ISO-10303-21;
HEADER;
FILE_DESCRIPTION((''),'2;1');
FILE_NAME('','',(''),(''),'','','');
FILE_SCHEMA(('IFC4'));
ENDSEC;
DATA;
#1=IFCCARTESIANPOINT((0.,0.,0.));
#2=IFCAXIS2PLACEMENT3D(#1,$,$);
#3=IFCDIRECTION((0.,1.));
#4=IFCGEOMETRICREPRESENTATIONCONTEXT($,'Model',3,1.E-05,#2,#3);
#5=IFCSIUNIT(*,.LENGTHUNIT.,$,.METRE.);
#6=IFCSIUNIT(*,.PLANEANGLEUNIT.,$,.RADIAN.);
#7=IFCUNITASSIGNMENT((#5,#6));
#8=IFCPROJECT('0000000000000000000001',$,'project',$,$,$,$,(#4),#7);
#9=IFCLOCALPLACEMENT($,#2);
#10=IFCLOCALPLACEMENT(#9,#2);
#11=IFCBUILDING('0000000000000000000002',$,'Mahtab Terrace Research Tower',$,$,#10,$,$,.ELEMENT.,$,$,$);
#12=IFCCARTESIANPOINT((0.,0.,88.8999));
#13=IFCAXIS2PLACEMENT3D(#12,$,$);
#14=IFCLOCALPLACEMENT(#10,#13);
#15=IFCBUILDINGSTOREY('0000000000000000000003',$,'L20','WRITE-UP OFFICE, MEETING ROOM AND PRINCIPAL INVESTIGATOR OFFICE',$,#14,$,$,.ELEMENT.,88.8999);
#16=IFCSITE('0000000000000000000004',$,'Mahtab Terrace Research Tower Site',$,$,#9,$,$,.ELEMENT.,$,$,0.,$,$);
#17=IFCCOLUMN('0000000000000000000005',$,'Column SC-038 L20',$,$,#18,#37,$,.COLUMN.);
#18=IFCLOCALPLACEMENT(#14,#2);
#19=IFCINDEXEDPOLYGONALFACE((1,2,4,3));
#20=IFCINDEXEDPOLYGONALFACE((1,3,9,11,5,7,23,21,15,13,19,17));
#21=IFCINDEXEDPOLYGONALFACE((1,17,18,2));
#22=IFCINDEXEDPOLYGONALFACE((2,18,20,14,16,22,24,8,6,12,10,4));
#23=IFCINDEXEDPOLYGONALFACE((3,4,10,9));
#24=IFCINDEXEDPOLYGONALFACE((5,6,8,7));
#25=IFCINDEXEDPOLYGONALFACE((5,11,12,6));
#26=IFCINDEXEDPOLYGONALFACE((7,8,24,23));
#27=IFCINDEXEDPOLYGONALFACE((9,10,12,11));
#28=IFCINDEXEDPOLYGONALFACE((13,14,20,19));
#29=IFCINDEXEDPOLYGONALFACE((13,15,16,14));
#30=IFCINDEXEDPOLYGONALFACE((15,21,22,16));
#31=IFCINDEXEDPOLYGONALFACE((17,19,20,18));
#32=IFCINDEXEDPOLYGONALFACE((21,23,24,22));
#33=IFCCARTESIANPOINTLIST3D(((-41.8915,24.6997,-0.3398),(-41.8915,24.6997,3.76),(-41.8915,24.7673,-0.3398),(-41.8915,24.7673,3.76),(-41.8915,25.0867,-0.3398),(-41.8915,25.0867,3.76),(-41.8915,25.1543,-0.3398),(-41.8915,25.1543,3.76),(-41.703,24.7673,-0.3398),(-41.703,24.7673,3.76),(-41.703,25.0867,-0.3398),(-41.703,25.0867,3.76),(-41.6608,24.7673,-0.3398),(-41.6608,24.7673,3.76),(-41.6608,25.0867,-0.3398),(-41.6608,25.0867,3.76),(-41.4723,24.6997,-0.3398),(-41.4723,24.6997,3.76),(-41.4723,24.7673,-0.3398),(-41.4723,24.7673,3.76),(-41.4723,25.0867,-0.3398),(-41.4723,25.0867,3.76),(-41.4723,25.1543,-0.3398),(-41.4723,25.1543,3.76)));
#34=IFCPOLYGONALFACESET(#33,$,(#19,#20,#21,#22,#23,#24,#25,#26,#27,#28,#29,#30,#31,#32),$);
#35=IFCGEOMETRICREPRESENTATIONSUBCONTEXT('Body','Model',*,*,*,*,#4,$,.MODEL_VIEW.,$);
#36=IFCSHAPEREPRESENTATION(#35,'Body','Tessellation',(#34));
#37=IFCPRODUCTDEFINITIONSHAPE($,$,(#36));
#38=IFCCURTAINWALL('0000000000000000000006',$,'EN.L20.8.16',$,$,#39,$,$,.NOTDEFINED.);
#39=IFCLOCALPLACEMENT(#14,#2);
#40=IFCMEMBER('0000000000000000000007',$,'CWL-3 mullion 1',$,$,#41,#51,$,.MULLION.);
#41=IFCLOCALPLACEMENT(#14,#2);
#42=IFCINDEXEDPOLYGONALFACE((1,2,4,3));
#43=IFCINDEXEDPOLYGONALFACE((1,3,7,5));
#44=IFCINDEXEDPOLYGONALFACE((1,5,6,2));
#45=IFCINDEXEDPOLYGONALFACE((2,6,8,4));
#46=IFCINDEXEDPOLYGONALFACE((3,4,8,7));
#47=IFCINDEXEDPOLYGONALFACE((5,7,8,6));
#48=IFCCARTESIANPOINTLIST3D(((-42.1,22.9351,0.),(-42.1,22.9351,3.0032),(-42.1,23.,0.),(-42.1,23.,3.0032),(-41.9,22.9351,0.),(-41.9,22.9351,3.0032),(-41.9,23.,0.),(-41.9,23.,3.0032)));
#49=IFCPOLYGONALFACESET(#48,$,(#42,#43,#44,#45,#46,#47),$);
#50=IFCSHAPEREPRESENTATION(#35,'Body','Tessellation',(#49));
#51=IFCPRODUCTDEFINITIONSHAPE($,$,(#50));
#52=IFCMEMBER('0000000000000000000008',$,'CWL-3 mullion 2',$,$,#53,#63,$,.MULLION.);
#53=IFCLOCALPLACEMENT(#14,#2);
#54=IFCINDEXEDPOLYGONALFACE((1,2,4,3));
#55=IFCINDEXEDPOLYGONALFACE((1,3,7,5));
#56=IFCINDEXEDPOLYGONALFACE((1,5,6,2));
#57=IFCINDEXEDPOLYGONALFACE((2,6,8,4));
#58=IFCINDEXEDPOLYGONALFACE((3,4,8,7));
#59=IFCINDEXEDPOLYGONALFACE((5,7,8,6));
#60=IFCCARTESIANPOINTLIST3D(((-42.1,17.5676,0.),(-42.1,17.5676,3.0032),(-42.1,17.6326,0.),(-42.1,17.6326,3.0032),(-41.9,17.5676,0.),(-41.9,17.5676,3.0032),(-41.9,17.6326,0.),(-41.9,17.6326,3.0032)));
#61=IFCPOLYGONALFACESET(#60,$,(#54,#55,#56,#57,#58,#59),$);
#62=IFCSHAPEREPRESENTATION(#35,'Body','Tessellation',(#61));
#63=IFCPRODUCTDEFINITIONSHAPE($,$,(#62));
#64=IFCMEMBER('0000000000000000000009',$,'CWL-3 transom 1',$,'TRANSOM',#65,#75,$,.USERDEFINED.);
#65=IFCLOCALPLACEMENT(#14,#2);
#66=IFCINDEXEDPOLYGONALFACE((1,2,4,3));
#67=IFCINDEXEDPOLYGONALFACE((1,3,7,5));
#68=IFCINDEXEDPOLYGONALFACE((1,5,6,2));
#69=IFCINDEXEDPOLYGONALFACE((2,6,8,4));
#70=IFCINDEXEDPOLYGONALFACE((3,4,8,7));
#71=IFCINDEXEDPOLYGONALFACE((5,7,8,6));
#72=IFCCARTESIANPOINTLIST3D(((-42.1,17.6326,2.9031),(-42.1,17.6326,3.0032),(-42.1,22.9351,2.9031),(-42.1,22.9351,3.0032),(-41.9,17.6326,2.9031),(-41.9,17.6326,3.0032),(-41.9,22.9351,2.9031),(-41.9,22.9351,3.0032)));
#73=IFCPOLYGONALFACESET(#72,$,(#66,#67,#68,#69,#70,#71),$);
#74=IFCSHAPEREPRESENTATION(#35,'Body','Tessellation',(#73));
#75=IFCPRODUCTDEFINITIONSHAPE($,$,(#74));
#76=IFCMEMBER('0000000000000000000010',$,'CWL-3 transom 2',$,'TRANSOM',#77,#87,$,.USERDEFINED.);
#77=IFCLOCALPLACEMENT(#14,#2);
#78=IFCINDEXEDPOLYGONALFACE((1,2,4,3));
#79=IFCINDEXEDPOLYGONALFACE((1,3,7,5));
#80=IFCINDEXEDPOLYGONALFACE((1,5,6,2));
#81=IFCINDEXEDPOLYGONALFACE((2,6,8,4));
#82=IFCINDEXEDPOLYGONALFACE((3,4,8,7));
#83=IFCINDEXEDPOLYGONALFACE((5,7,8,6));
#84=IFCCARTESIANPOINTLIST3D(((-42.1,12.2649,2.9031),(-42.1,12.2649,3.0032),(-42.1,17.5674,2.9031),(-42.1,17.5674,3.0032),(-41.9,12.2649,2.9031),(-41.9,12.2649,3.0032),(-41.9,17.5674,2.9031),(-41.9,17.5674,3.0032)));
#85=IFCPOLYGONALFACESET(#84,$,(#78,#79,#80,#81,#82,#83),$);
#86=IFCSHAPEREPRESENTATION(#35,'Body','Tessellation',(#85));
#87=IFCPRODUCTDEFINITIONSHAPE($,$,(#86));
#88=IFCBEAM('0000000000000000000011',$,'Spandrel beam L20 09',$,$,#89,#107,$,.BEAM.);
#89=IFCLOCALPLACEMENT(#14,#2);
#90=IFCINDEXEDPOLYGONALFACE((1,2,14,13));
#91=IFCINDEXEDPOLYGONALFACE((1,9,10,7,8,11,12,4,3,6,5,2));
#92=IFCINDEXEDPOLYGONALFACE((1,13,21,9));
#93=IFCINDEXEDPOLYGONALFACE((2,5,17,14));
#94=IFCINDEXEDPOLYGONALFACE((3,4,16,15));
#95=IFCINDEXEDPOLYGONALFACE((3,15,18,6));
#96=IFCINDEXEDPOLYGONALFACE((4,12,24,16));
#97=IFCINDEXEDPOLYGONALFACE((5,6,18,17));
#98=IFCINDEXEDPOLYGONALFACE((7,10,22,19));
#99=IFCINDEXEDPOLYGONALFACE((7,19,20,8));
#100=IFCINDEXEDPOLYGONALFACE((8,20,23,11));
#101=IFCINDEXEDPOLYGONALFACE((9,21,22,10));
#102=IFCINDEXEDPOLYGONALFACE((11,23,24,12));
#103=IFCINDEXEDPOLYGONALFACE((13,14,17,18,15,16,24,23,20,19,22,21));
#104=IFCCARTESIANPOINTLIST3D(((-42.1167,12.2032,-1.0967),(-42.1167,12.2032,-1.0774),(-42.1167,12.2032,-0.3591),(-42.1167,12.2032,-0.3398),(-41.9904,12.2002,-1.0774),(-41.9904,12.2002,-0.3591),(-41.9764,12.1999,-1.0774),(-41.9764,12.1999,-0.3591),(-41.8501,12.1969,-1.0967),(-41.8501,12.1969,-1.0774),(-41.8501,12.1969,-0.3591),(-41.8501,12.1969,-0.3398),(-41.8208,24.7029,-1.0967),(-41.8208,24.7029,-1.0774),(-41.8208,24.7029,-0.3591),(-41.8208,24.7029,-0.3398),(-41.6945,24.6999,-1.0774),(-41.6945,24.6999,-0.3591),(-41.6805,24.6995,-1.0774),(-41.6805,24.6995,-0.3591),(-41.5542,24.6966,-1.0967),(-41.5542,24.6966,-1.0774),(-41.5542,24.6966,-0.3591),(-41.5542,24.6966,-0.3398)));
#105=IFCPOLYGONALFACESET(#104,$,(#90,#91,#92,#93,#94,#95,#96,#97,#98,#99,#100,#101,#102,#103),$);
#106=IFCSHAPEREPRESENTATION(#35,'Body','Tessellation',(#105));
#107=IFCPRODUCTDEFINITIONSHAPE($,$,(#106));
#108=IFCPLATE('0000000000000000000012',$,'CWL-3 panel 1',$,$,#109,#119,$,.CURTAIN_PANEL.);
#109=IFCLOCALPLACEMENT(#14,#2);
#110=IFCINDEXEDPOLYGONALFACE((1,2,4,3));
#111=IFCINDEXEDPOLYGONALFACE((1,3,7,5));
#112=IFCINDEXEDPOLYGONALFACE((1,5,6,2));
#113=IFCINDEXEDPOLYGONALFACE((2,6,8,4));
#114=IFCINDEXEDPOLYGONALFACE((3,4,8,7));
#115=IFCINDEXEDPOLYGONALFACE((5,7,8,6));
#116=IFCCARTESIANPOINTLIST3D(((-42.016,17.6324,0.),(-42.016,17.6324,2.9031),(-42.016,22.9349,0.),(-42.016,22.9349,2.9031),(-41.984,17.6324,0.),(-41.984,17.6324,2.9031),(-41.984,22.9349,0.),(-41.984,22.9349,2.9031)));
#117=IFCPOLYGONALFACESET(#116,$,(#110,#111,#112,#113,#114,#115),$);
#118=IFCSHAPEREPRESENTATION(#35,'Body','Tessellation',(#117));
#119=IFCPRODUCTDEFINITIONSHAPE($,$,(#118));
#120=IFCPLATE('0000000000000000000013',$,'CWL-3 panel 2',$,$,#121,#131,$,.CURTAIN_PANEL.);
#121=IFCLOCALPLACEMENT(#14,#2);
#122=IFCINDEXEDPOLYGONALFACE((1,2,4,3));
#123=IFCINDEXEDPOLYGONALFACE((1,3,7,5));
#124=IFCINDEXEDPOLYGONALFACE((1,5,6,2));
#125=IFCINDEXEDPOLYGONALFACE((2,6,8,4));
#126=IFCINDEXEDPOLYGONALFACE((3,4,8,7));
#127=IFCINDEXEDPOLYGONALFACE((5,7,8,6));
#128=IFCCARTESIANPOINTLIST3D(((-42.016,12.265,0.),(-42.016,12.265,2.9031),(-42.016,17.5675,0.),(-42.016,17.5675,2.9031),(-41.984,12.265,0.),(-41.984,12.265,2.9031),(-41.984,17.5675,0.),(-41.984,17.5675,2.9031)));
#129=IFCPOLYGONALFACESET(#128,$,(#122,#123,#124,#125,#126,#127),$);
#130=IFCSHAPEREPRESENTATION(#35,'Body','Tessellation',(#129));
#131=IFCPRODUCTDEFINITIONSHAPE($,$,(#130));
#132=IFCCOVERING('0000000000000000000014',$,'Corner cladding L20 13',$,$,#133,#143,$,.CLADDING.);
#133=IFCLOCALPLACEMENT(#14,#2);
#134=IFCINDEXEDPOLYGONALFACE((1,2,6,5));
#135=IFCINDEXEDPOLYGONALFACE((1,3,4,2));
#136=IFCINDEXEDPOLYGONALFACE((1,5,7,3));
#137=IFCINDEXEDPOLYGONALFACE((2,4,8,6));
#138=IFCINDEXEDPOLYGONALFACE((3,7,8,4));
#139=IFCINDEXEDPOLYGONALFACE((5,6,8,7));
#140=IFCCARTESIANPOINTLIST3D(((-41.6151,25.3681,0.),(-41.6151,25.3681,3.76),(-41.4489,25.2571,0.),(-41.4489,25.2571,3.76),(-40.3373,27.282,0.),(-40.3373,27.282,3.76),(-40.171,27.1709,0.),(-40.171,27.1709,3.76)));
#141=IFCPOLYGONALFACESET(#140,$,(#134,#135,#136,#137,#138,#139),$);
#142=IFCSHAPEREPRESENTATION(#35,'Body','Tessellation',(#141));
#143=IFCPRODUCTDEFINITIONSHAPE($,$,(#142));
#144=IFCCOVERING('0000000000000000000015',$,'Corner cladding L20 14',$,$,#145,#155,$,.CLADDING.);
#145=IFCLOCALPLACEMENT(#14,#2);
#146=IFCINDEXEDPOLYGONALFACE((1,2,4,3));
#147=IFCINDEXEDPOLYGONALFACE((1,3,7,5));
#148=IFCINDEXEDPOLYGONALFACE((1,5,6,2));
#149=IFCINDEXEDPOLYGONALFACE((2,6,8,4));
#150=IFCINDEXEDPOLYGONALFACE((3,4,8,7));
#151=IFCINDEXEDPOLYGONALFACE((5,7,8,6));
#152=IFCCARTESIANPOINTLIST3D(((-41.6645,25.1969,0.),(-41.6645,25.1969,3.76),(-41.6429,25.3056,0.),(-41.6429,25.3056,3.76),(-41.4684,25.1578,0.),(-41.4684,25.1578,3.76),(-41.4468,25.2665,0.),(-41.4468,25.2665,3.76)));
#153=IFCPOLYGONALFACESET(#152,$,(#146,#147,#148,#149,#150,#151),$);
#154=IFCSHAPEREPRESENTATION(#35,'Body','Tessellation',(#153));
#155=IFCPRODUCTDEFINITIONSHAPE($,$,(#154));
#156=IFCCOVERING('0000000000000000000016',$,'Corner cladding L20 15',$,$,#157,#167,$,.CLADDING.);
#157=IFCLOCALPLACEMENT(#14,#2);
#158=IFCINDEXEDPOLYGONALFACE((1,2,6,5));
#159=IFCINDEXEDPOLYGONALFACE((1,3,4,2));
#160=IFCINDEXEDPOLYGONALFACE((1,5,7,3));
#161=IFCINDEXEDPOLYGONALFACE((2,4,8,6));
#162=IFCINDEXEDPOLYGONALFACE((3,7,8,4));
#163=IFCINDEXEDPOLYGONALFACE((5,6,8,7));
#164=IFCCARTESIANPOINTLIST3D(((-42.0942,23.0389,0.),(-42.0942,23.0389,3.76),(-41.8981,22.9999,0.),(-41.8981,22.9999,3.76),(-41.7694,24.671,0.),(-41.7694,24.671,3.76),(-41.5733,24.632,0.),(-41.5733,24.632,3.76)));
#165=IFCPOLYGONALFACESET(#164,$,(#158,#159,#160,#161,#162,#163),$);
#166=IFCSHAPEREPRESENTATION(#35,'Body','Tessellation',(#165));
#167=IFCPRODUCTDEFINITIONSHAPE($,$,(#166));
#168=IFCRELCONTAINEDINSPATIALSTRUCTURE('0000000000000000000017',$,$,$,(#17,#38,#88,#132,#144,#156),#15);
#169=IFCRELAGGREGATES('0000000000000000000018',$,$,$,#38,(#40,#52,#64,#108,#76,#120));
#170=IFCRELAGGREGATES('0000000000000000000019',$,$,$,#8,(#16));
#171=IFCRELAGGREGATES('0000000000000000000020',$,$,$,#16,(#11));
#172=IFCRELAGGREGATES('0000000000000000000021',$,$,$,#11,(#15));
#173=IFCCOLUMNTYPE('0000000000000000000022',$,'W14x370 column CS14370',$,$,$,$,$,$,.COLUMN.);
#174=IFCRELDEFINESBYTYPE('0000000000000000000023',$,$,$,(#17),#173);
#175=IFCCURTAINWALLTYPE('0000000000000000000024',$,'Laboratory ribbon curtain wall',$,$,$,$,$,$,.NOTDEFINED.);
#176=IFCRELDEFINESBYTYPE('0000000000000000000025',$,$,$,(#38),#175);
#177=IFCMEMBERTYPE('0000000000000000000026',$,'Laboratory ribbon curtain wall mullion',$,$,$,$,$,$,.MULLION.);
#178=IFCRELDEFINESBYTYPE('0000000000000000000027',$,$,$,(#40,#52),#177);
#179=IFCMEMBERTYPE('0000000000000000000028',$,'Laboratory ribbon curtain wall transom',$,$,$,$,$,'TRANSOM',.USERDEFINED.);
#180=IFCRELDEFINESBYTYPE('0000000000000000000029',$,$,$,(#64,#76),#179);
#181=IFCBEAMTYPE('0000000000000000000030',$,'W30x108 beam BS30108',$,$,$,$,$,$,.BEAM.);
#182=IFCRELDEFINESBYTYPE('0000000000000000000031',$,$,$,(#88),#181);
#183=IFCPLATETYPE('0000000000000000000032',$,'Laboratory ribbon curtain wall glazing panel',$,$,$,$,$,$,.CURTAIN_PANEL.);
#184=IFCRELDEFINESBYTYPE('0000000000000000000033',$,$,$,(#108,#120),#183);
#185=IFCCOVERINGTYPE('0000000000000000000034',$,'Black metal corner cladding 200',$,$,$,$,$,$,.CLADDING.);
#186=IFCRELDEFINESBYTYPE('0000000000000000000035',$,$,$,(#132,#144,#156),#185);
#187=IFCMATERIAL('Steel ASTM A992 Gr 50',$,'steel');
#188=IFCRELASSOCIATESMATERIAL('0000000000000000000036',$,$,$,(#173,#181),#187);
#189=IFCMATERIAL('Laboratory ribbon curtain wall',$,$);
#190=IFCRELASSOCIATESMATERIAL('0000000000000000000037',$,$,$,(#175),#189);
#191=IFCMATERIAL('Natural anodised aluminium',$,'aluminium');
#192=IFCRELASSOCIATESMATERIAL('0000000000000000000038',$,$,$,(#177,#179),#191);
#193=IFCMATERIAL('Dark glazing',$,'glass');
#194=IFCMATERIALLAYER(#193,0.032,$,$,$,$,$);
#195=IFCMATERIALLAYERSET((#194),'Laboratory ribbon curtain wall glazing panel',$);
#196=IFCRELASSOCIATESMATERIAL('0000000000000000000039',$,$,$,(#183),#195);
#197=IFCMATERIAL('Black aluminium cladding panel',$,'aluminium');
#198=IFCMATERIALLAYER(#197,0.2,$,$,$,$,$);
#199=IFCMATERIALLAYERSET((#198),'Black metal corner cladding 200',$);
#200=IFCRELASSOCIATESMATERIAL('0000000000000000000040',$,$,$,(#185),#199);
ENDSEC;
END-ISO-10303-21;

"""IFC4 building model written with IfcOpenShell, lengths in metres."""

from ifc_helpers import new_model, si_unit, direction, frame, origin, origin_2d, place, context, subcontext, project, spatial, rectangle, i_section, extrude, material, layer, layer_set, material_profile, profile_set, type_object, element, aggregate, save


model = new_model("IFC4")

# Units and contexts
model_context = context("Model", 3, precision=1e-05, world=origin(), true_north=direction((0.0, 1.0)))
body_context = subcontext(model_context, "Body", "Model", "MODEL_VIEW")
ifc_project = project(units=[si_unit("LENGTHUNIT", "METRE"), si_unit("PLANEANGLEUNIT", "RADIAN")], contexts=[model_context])

# Site, building, storey
site_placement = place(None, origin())
site = spatial("IfcSite", under=ifc_project, at=site_placement, Name="Mahtab Terrace Research Tower Site", CompositionType="ELEMENT", RefElevation=0.0)
building_placement = place(site_placement, origin())
building = spatial("IfcBuilding", under=site, at=building_placement, Name="Mahtab Terrace Research Tower", CompositionType="ELEMENT")
storey_placement = place(building_placement, frame((0.0, 0.0, 88.8999)))
storey = spatial("IfcBuildingStorey", under=building, at=storey_placement, Name="L20", Description="WRITE-UP OFFICE, MEETING ROOM AND PRINCIPAL INVESTIGATOR OFFICE", CompositionType="ELEMENT", Elevation=88.8999)

# Column
ifc_material_1 = material(Name="Steel ASTM A992 Gr 50", Category="steel")
ifc_material_profile_1 = material_profile(ifc_material_1, i_section(OverallWidth=0.4192, OverallDepth=0.4546, WebThickness=0.0422, FlangeThickness=0.0676, at=origin_2d()), Name="W14X370")
ifc_profile_set_1 = profile_set([ifc_material_profile_1], Name="Steel ASTM A992 Gr 50")
column_type = type_object("IfcColumnType", Name="W14x370 column CS14370", PredefinedType="COLUMN", material=ifc_profile_set_1)
column_placement = place(storey_placement, frame((-41.6819, 24.927, -0.3398), z_axis=(0.0, 0.0, 1.0), x_axis=(1.0, 0.0, 0.0)))
element("IfcColumn", 1, at=column_placement, inside=storey, type_object=column_type, Name="Column SC-038 L20", PredefinedType="COLUMN", context=body_context, shape_type="SweptSolid", body=[
    extrude(i_section(OverallWidth=0.4192, OverallDepth=0.4546, WebThickness=0.0422, FlangeThickness=0.0676, at=origin_2d()), origin(), (0.0, 0.0, 1.0), 4.0999),
])

# Curtain wall, members
ifc_material_2 = material(Name="Laboratory ribbon curtain wall")
curtain_wall_type = type_object("IfcCurtainWallType", Name="Laboratory ribbon curtain wall", PredefinedType="NOTDEFINED", material=ifc_material_2)
curtain_wall_placement = place(storey_placement, origin())
curtain_wall = element("IfcCurtainWall", 2, at=curtain_wall_placement, inside=storey, type_object=curtain_wall_type, Name="EN.L20.8.16", PredefinedType="NOTDEFINED")
ifc_material_3 = material(Name="Natural anodised aluminium", Category="aluminium")
ifc_material_profile_2 = material_profile(ifc_material_3, rectangle(XDim=0.2, YDim=0.0649, at=origin_2d()), Name="MULLION 65x200")
ifc_profile_set_2 = profile_set([ifc_material_profile_2], Name="Natural anodised aluminium")
member_type_1 = type_object("IfcMemberType", Name="Laboratory ribbon curtain wall mullion", PredefinedType="MULLION", material=ifc_profile_set_2)
member_1_placement = place(storey_placement, frame((-42.0, 22.9675, 0.0), z_axis=(0.0, 0.0, 1.0), x_axis=(1.0, 0.0, 0.0)))
member_1 = element("IfcMember", 3, at=member_1_placement, type_object=member_type_1, Name="CWL-3 mullion 1", PredefinedType="MULLION", context=body_context, shape_type="SweptSolid", body=[
    extrude(rectangle(XDim=0.2, YDim=0.0649, at=origin_2d()), origin(), (0.0, 0.0, 1.0), 3.0032),
])
member_2_placement = place(storey_placement, frame((-42.0, 17.6001, 0.0), z_axis=(0.0, 0.0, 1.0), x_axis=(1.0, 0.0, 0.0)))
member_2 = element("IfcMember", 4, at=member_2_placement, type_object=member_type_1, Name="CWL-3 mullion 2", PredefinedType="MULLION", context=body_context, shape_type="SweptSolid", body=[
    extrude(rectangle(XDim=0.2, YDim=0.0649, at=origin_2d()), origin(), (0.0, 0.0, 1.0), 3.0032),
])
ifc_material_profile_3 = material_profile(ifc_material_3, rectangle(XDim=0.2, YDim=0.1001, at=origin_2d()), Name="TRANSOM 100x200")
ifc_profile_set_3 = profile_set([ifc_material_profile_3], Name="Natural anodised aluminium")
member_type_2 = type_object("IfcMemberType", Name="Laboratory ribbon curtain wall transom", ElementType="TRANSOM", PredefinedType="USERDEFINED", material=ifc_profile_set_3)
member_3_placement = place(storey_placement, frame((-42.0, 22.9351, 2.9531), z_axis=(0.0, -1.0, 0.0), x_axis=(1.0, 0.0, 0.0)))
member_3 = element("IfcMember", 5, at=member_3_placement, type_object=member_type_2, Name="CWL-3 transom 1", ObjectType="TRANSOM", PredefinedType="USERDEFINED", context=body_context, shape_type="SweptSolid", body=[
    extrude(rectangle(XDim=0.2, YDim=0.1001, at=origin_2d()), origin(), (0.0, 0.0, 1.0), 5.3025),
])
member_4_placement = place(storey_placement, frame((-42.0, 17.5674, 2.9531), z_axis=(0.0, -1.0, 0.0), x_axis=(1.0, 0.0, 0.0)))
member_4 = element("IfcMember", 6, at=member_4_placement, type_object=member_type_2, Name="CWL-3 transom 2", ObjectType="TRANSOM", PredefinedType="USERDEFINED", context=body_context, shape_type="SweptSolid", body=[
    extrude(rectangle(XDim=0.2, YDim=0.1001, at=origin_2d()), origin(), (0.0, 0.0, 1.0), 5.3025),
])

# Beam
ifc_material_profile_4 = material_profile(ifc_material_1, i_section(OverallWidth=0.2666, OverallDepth=0.7568, WebThickness=0.0139, FlangeThickness=0.0193, at=origin_2d()), Name="W30X108")
ifc_profile_set_4 = profile_set([ifc_material_profile_4], Name="Steel ASTM A992 Gr 50")
beam_type = type_object("IfcBeamType", Name="W30x108 beam BS30108", PredefinedType="BEAM", material=ifc_profile_set_4)
beam_placement = place(storey_placement, frame((-41.6875, 24.6997, -0.7183), z_axis=(-0.023666, -0.99972, 0.0), x_axis=(0.99972, -0.023666, 0.0)))
element("IfcBeam", 7, at=beam_placement, inside=storey, type_object=beam_type, Name="Spandrel beam L20 09", PredefinedType="BEAM", context=body_context, shape_type="SweptSolid", body=[
    extrude(i_section(OverallWidth=0.2666, OverallDepth=0.7568, WebThickness=0.0139, FlangeThickness=0.0193, at=origin_2d()), origin(), (0.0, 0.0, 1.0), 12.5032),
])

# Plates
ifc_material_4 = material(Name="Dark glazing", Category="glass")
ifc_layer_1 = layer(ifc_material_4, 0.032)
ifc_layer_set_1 = layer_set([ifc_layer_1], Name="Laboratory ribbon curtain wall glazing panel")
plate_type = type_object("IfcPlateType", Name="Laboratory ribbon curtain wall glazing panel", PredefinedType="CURTAIN_PANEL", material=ifc_layer_set_1)
plate_1_placement = place(storey_placement, frame((-42.0, 20.2837, 0.0), z_axis=(0.0, 0.0, 1.0), x_axis=(0.0, -1.0, 0.0)))
plate_1 = element("IfcPlate", 8, at=plate_1_placement, type_object=plate_type, Name="CWL-3 panel 1", PredefinedType="CURTAIN_PANEL", context=body_context, shape_type="SweptSolid", body=[
    extrude(rectangle(XDim=5.3025, YDim=0.032, at=origin_2d()), origin(), (0.0, 0.0, 1.0), 2.9031),
])
plate_2_placement = place(storey_placement, frame((-42.0, 14.9163, 0.0), z_axis=(0.0, 0.0, 1.0), x_axis=(0.0, -1.0, 0.0)))
plate_2 = element("IfcPlate", 9, at=plate_2_placement, type_object=plate_type, Name="CWL-3 panel 2", PredefinedType="CURTAIN_PANEL", context=body_context, shape_type="SweptSolid", body=[
    extrude(rectangle(XDim=5.3025, YDim=0.032, at=origin_2d()), origin(), (0.0, 0.0, 1.0), 2.9031),
])
aggregate(curtain_wall, [member_1, member_2, member_3, plate_1, member_4, plate_2])

# Coverings
ifc_material_5 = material(Name="Black aluminium cladding panel", Category="aluminium")
ifc_layer_2 = layer(ifc_material_5, 0.2)
ifc_layer_set_2 = layer_set([ifc_layer_2], Name="Black metal corner cladding 200")
covering_type = type_object("IfcCoveringType", Name="Black metal corner cladding 200", PredefinedType="CLADDING", material=ifc_layer_set_2)
covering_1_placement = place(storey_placement, frame((-40.8931, 26.2695, 0.0), z_axis=(0.0, 0.0, 1.0), x_axis=(-0.555291, -0.831656, 0.0)))
element("IfcCovering", 10, at=covering_1_placement, inside=storey, type_object=covering_type, Name="Corner cladding L20 13", PredefinedType="CLADDING", context=body_context, shape_type="SweptSolid", body=[
    extrude(rectangle(XDim=2.3013, YDim=0.2, at=origin_2d()), origin(), (0.0, 0.0, 1.0), 3.76),
])
covering_2_placement = place(storey_placement, frame((-41.5557, 25.2317, 0.0), z_axis=(0.0, 0.0, 1.0), x_axis=(-0.195212, -0.980761, 0.0)))
element("IfcCovering", 11, at=covering_2_placement, inside=storey, type_object=covering_type, Name="Corner cladding L20 14", PredefinedType="CLADDING", context=body_context, shape_type="SweptSolid", body=[
    extrude(rectangle(XDim=0.1108, YDim=0.2, at=origin_2d()), origin(), (0.0, 0.0, 1.0), 3.76),
])
covering_3_placement = place(storey_placement, frame((-41.8337, 23.8354, 0.0), z_axis=(0.0, 0.0, 1.0), x_axis=(-0.195212, -0.980761, 0.0)))
element("IfcCovering", 12, at=covering_3_placement, inside=storey, type_object=covering_type, Name="Corner cladding L20 15", PredefinedType="CLADDING", context=body_context, shape_type="SweptSolid", body=[
    extrude(rectangle(XDim=1.6641, YDim=0.2, at=origin_2d()), origin(), (0.0, 0.0, 1.0), 3.76),
])

save(model, "model.ifc")
